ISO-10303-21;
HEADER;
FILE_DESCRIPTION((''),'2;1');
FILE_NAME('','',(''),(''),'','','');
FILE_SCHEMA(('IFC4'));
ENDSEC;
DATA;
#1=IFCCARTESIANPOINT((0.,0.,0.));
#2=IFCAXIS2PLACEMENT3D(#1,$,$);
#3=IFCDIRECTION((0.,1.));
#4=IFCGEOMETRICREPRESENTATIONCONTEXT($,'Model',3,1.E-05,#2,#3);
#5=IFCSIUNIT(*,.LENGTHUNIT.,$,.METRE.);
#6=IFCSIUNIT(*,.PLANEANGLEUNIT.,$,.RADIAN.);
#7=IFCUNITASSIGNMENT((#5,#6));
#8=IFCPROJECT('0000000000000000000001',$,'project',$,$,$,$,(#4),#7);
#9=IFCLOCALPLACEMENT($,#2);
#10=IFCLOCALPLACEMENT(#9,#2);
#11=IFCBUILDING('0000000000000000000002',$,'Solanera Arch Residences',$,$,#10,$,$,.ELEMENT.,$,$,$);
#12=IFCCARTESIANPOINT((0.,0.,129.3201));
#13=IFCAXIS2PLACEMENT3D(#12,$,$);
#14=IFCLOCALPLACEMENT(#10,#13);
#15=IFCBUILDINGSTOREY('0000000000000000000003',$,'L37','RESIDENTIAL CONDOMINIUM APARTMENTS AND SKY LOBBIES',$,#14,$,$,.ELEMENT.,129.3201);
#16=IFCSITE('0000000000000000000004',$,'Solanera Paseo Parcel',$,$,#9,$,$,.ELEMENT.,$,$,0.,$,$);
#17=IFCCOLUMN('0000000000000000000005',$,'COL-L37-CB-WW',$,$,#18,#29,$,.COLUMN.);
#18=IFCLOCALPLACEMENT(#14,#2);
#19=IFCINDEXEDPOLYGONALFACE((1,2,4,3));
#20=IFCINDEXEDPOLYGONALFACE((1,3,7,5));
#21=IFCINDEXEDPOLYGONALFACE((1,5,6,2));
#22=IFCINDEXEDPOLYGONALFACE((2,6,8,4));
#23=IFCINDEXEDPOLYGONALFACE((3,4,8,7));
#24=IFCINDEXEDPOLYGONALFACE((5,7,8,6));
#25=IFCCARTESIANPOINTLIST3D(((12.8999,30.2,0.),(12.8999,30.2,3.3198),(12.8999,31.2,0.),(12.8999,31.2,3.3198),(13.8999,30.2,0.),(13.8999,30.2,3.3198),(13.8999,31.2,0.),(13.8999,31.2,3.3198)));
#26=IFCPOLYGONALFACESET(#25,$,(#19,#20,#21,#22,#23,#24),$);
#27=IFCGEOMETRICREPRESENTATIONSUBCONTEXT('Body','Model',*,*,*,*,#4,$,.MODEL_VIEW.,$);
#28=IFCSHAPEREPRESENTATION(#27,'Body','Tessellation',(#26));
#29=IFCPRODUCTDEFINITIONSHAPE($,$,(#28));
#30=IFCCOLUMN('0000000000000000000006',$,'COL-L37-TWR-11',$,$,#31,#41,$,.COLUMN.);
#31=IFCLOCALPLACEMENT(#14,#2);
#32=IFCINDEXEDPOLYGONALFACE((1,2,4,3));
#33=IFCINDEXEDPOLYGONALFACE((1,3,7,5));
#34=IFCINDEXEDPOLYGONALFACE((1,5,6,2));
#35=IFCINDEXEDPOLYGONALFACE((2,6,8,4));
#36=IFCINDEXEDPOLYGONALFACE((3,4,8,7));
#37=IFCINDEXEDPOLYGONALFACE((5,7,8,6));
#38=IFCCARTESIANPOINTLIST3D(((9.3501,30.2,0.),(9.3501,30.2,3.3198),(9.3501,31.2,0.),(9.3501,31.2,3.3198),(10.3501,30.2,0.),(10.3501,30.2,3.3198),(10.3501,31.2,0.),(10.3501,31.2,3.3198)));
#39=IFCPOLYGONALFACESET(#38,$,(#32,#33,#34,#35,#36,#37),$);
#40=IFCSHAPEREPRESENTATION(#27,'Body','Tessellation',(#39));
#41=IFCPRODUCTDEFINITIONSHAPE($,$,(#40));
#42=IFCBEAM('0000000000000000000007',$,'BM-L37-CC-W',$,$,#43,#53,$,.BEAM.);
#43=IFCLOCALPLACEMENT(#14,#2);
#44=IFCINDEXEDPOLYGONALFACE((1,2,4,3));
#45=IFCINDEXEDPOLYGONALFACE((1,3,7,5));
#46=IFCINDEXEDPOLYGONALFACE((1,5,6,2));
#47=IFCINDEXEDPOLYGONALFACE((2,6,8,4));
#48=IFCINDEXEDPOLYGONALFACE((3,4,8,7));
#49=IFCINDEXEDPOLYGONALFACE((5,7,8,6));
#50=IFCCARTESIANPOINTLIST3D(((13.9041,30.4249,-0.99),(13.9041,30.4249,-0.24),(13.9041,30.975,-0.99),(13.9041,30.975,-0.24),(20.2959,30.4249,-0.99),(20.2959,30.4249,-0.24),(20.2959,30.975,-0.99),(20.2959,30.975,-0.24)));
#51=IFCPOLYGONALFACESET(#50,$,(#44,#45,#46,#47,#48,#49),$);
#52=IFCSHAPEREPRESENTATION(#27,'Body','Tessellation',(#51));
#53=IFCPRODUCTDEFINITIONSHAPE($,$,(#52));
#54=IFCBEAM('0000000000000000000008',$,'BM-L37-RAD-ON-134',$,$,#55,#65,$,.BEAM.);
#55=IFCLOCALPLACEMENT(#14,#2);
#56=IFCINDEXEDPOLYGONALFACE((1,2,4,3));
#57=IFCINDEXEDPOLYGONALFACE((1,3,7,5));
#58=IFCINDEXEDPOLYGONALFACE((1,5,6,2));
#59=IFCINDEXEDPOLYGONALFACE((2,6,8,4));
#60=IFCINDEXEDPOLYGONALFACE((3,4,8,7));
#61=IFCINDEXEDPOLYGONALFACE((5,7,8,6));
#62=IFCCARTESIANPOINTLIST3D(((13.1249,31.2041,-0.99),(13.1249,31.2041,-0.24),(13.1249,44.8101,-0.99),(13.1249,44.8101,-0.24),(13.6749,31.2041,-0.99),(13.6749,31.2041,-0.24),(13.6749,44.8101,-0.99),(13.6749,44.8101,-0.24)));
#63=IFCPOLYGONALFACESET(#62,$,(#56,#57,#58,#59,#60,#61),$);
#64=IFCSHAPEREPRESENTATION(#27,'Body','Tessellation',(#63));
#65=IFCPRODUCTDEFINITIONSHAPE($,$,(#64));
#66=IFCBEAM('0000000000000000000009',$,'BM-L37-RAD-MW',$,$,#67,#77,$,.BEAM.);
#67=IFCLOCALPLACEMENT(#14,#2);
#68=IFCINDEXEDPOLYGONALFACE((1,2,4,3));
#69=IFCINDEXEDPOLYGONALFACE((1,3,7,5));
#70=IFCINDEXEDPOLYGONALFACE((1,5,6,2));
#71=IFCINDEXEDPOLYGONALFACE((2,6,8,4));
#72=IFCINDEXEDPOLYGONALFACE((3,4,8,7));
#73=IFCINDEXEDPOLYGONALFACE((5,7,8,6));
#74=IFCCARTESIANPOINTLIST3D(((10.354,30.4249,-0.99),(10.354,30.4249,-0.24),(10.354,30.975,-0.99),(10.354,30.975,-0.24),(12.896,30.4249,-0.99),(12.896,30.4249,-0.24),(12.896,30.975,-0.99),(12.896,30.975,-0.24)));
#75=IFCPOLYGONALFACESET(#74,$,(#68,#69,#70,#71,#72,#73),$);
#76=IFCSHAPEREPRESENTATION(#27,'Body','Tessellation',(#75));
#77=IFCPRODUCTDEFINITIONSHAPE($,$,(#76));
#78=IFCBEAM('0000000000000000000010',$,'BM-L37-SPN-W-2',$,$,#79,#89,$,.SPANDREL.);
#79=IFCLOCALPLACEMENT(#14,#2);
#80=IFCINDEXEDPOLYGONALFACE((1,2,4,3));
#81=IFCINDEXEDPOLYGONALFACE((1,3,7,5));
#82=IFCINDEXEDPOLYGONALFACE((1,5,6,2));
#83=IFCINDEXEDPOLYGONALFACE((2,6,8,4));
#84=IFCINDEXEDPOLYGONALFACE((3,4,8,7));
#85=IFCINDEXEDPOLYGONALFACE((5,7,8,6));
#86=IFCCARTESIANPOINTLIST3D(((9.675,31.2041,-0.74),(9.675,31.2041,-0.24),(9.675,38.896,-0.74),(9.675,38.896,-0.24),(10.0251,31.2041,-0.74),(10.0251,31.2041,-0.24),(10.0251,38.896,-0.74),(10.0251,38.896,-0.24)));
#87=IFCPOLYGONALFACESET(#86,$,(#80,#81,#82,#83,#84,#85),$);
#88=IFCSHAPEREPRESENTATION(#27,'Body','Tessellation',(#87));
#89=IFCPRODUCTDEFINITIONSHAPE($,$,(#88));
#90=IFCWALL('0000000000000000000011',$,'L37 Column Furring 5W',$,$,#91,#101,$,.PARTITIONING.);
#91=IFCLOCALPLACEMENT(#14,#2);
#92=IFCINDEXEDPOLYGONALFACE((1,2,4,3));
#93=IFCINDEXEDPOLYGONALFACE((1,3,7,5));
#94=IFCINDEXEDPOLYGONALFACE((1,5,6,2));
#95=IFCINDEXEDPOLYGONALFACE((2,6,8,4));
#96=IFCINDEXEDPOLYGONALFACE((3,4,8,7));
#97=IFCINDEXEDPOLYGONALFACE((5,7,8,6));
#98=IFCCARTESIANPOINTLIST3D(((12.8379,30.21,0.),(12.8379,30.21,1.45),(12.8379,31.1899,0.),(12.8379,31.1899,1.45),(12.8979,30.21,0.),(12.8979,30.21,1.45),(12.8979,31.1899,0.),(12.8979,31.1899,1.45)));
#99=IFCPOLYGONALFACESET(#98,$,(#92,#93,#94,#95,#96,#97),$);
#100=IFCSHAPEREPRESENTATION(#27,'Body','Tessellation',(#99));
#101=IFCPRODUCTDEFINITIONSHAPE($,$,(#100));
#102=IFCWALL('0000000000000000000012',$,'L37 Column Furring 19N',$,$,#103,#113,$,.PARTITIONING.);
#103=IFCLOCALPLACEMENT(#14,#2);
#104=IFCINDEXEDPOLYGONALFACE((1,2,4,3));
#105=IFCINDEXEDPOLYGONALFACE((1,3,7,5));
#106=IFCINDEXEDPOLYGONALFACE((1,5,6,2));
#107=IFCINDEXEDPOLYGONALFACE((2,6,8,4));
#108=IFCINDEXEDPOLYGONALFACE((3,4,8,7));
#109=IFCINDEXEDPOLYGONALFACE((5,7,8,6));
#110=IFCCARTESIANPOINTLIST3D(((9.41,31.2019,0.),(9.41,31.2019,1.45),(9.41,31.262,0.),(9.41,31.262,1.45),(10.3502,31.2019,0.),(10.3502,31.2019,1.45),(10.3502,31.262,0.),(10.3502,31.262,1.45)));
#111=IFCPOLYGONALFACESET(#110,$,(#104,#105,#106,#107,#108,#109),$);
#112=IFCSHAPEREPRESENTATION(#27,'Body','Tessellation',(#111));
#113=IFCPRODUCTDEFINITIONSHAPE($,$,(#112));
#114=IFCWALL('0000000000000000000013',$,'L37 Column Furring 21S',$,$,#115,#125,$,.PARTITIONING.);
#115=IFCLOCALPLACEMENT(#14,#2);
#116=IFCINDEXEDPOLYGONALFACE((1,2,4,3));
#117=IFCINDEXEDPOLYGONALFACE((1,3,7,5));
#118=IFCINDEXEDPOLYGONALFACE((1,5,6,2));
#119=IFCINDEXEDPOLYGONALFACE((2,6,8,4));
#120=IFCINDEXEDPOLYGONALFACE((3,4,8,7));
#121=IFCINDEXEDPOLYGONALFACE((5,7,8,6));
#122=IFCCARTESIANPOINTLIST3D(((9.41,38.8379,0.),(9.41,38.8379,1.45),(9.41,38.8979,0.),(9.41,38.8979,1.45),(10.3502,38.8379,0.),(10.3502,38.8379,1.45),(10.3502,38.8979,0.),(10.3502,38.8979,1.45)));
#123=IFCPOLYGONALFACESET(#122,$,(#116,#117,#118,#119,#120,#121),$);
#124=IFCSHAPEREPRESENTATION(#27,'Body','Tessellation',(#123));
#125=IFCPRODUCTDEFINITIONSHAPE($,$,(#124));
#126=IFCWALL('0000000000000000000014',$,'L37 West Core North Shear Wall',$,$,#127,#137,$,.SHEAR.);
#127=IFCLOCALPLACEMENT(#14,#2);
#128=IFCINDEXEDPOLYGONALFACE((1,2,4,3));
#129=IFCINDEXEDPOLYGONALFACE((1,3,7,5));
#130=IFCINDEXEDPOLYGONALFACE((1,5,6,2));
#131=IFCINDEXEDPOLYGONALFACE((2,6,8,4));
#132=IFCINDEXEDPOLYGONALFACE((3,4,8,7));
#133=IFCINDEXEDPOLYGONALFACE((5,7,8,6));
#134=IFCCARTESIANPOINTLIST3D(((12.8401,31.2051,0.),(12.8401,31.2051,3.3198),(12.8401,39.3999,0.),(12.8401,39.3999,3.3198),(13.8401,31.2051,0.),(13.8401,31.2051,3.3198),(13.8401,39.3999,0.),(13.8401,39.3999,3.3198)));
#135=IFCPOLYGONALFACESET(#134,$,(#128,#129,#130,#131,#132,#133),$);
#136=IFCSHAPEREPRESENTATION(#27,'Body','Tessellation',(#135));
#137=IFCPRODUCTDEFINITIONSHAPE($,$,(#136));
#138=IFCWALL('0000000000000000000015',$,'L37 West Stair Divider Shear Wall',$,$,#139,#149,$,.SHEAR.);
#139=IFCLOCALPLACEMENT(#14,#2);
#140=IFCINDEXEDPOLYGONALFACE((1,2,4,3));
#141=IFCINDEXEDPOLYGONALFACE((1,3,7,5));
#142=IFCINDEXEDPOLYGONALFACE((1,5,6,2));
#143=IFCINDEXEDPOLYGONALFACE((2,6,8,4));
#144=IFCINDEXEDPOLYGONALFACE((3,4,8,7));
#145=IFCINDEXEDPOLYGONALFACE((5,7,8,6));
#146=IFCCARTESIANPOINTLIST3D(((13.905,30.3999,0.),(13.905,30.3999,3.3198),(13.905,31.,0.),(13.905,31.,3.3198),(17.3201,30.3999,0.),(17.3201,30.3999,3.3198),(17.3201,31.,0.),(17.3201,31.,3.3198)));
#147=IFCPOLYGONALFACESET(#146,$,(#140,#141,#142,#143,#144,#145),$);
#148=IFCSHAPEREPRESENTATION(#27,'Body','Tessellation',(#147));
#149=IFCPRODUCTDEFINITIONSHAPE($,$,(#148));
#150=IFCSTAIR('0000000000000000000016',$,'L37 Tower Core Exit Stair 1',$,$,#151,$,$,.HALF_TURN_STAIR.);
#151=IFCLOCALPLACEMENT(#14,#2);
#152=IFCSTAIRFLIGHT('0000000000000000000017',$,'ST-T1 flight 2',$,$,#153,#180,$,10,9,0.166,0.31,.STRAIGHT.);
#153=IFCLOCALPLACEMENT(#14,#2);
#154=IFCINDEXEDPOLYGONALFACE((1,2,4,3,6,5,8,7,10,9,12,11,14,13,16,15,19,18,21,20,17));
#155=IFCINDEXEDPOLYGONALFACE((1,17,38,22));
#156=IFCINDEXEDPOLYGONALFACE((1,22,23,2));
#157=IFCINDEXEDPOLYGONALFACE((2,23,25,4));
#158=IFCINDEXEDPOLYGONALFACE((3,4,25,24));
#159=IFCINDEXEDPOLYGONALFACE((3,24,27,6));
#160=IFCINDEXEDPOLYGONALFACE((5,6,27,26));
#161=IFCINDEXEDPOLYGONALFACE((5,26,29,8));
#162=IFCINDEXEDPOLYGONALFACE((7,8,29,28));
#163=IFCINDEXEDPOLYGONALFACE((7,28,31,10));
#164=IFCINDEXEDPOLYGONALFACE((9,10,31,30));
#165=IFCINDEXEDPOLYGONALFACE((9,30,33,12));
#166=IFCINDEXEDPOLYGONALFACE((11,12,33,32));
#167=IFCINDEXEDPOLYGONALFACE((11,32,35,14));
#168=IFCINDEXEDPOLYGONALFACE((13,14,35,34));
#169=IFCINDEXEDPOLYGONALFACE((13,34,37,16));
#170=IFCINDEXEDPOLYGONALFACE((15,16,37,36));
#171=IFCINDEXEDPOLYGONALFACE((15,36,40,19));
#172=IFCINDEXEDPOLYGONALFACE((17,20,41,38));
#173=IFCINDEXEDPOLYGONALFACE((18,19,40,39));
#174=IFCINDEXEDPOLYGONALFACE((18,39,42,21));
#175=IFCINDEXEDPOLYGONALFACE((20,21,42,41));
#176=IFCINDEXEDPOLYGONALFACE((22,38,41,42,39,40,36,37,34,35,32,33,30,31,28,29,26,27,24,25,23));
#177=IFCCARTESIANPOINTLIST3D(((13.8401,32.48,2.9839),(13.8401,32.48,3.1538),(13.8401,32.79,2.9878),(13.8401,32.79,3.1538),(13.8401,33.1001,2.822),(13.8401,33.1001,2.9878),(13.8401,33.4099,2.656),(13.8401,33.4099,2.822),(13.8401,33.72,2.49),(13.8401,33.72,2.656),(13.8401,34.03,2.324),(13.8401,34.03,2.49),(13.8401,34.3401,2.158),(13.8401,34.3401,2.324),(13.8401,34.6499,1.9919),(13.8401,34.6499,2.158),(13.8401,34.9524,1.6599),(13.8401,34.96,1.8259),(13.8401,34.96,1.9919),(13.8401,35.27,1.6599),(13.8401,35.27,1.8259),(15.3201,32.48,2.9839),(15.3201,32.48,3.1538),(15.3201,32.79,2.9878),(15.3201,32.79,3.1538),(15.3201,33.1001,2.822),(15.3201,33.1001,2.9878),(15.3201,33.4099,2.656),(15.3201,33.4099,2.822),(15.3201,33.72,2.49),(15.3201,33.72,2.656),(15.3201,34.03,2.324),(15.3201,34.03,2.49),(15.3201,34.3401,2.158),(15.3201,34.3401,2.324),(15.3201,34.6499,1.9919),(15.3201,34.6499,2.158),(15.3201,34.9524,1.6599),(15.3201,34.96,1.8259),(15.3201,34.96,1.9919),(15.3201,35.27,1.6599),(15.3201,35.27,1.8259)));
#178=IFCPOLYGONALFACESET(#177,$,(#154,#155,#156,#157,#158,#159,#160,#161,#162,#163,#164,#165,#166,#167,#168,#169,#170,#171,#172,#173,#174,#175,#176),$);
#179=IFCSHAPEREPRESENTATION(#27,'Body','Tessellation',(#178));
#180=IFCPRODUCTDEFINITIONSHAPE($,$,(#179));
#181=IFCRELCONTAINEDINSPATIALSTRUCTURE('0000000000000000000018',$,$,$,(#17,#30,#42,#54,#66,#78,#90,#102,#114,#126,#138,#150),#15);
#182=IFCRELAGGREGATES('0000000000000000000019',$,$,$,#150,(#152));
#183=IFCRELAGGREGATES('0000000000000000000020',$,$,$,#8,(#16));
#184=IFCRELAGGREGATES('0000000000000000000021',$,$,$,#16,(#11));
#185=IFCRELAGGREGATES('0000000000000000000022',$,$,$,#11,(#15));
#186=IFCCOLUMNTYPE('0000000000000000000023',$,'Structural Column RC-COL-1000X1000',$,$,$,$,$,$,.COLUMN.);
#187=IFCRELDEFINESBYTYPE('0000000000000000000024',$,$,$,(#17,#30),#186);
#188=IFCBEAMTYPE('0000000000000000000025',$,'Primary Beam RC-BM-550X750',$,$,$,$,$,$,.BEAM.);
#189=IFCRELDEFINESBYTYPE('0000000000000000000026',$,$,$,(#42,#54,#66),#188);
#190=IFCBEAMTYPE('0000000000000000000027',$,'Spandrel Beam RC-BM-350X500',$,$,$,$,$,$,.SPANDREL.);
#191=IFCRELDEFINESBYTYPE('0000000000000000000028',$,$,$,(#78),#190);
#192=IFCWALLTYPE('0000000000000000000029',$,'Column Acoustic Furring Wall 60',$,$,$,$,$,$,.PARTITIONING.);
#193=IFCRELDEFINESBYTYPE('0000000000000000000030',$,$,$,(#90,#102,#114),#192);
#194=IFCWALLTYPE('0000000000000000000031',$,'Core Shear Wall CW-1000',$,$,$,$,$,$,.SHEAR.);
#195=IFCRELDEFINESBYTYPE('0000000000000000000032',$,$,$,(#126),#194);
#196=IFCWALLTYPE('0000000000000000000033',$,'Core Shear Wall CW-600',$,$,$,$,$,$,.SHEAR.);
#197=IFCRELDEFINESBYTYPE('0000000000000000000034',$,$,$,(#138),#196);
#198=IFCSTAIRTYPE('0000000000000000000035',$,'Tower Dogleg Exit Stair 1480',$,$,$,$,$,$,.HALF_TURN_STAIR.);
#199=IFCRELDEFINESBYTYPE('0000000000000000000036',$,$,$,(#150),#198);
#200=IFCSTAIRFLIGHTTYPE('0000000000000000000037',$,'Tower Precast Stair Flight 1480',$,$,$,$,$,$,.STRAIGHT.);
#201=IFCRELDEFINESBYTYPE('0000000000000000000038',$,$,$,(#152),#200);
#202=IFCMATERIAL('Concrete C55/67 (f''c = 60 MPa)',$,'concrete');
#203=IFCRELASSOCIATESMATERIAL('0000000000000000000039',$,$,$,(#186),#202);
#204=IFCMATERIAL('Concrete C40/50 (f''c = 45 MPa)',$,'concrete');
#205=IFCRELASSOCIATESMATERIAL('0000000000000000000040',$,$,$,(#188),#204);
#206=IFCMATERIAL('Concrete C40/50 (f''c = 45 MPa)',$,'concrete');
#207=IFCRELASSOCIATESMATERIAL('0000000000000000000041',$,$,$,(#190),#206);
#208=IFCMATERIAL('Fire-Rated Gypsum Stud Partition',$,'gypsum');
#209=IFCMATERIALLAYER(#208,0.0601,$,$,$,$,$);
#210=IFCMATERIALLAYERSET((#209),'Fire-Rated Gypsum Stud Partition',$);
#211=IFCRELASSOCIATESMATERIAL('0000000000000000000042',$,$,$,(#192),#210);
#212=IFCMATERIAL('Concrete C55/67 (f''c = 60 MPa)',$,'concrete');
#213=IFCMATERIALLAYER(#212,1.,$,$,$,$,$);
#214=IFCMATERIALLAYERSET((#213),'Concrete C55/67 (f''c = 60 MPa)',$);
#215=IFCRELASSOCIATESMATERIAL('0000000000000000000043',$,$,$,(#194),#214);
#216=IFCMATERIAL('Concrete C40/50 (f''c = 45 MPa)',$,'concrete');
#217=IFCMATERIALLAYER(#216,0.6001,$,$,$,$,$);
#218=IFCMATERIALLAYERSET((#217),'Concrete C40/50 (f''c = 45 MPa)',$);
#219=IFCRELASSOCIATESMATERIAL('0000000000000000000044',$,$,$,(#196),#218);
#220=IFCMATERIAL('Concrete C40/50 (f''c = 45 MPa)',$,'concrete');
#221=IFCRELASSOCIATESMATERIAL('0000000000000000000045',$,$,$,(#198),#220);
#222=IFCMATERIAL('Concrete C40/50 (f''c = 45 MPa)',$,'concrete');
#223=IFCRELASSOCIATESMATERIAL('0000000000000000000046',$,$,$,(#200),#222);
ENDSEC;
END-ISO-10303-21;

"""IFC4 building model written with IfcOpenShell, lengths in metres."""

from ifc_helpers import new_model, si_unit, direction, frame, frame_2d, origin, origin_2d, place, context, subcontext, project, spatial, polyline, rectangle, outline, extrude, material, layer, layer_set, material_profile, profile_set, type_object, element, aggregate, save


model = new_model("IFC4")

# Units and contexts
model_context = context("Model", 3, precision=1e-05, world=origin(), true_north=direction((0.0, 1.0)))
body_context = subcontext(model_context, "Body", "Model", "MODEL_VIEW")
ifc_project = project(units=[si_unit("LENGTHUNIT", "METRE"), si_unit("PLANEANGLEUNIT", "RADIAN")], contexts=[model_context])

# Site, building, storey
site_placement = place(None, origin())
site = spatial("IfcSite", under=ifc_project, at=site_placement, Name="Solanera Paseo Parcel", CompositionType="ELEMENT", RefElevation=0.0)
building_placement = place(site_placement, origin())
building = spatial("IfcBuilding", under=site, at=building_placement, Name="Solanera Arch Residences", CompositionType="ELEMENT")
storey_placement = place(building_placement, frame((0.0, 0.0, 129.3201)))
storey = spatial("IfcBuildingStorey", under=building, at=storey_placement, Name="L37", Description="RESIDENTIAL CONDOMINIUM APARTMENTS AND SKY LOBBIES", CompositionType="ELEMENT", Elevation=129.3201)

# Columns
ifc_material_1 = material(Name="Concrete C55/67 (f'c = 60 MPa)", Category="concrete")
ifc_material_profile_1 = material_profile(ifc_material_1, rectangle(XDim=1.0, YDim=1.0, at=origin_2d()))
ifc_profile_set_1 = profile_set([ifc_material_profile_1], Name="Concrete C55/67 (f'c = 60 MPa)")
column_type = type_object("IfcColumnType", Name="Structural Column RC-COL-1000X1000", PredefinedType="COLUMN", material=ifc_profile_set_1)
for number, where, z_axis, x_axis, name in (
    (1, (13.3999, 30.7, 0.0), (0.0, 0.0, 1.0), (1.0, 0.0, 0.0), "COL-L37-CB-WW"),
    (2, (9.8501, 30.7, 0.0), (0.0, 0.0, 1.0), (1.0, 0.0, 0.0), "COL-L37-TWR-11"),
):
    element("IfcColumn", number, at=place(storey_placement, frame(where, z_axis=z_axis, x_axis=x_axis)), inside=storey, type_object=column_type, Name=name, PredefinedType="COLUMN", context=body_context, shape_type="SweptSolid", body=[
        extrude(rectangle(XDim=1.0, YDim=1.0, at=origin_2d()), origin(), (0.0, 0.0, 1.0), 3.3198),
    ])

# Beams
ifc_material_2 = material(Name="Concrete C40/50 (f'c = 45 MPa)", Category="concrete")
ifc_material_profile_2 = material_profile(ifc_material_2, rectangle(XDim=0.55, YDim=0.75, at=origin_2d()))
ifc_profile_set_2 = profile_set([ifc_material_profile_2], Name="Concrete C40/50 (f'c = 45 MPa)")
beam_type_1 = type_object("IfcBeamType", Name="Primary Beam RC-BM-550X750", PredefinedType="BEAM", material=ifc_profile_set_2)
beam_1_placement = place(storey_placement, frame((13.9041, 30.7, -0.615), z_axis=(1.0, 0.0, 0.0), x_axis=(0.0, 1.0, 0.0)))
element("IfcBeam", 3, at=beam_1_placement, inside=storey, type_object=beam_type_1, Name="BM-L37-CC-W", PredefinedType="BEAM", context=body_context, shape_type="SweptSolid", body=[
    extrude(rectangle(XDim=0.55, YDim=0.75, at=origin_2d()), origin(), (0.0, 0.0, 1.0), 6.3918),
])
beam_2_placement = place(storey_placement, frame((13.3999, 31.2041, -0.615), z_axis=(0.0, 1.0, 0.0), x_axis=(-1.0, 0.0, 0.0)))
element("IfcBeam", 4, at=beam_2_placement, inside=storey, type_object=beam_type_1, Name="BM-L37-RAD-ON-134", PredefinedType="BEAM", context=body_context, shape_type="SweptSolid", body=[
    extrude(rectangle(XDim=0.55, YDim=0.75, at=origin_2d()), origin(), (0.0, 0.0, 1.0), 13.606),
])
beam_3_placement = place(storey_placement, frame((10.354, 30.7, -0.615), z_axis=(1.0, 0.0, 0.0), x_axis=(0.0, 1.0, 0.0)))
element("IfcBeam", 5, at=beam_3_placement, inside=storey, type_object=beam_type_1, Name="BM-L37-RAD-MW", PredefinedType="BEAM", context=body_context, shape_type="SweptSolid", body=[
    extrude(rectangle(XDim=0.55, YDim=0.75, at=origin_2d()), origin(), (0.0, 0.0, 1.0), 2.542),
])
ifc_material_3 = material(Name="Concrete C40/50 (f'c = 45 MPa)", Category="concrete")
ifc_material_profile_3 = material_profile(ifc_material_3, rectangle(XDim=0.3501, YDim=0.5, at=origin_2d()))
ifc_profile_set_3 = profile_set([ifc_material_profile_3], Name="Concrete C40/50 (f'c = 45 MPa)")
beam_type_2 = type_object("IfcBeamType", Name="Spandrel Beam RC-BM-350X500", PredefinedType="SPANDREL", material=ifc_profile_set_3)
beam_4_placement = place(storey_placement, frame((9.8501, 31.2041, -0.49), z_axis=(0.0, 1.0, 0.0), x_axis=(-1.0, 0.0, 0.0)))
element("IfcBeam", 6, at=beam_4_placement, inside=storey, type_object=beam_type_2, Name="BM-L37-SPN-W-2", PredefinedType="SPANDREL", context=body_context, shape_type="SweptSolid", body=[
    extrude(rectangle(XDim=0.3501, YDim=0.5, at=origin_2d()), origin(), (0.0, 0.0, 1.0), 7.6919),
])

# Walls
ifc_material_4 = material(Name="Fire-Rated Gypsum Stud Partition", Category="gypsum")
ifc_layer_1 = layer(ifc_material_4, 0.0601)
ifc_layer_set_1 = layer_set([ifc_layer_1], Name="Fire-Rated Gypsum Stud Partition")
wall_type_1 = type_object("IfcWallType", Name="Column Acoustic Furring Wall 60", PredefinedType="PARTITIONING", material=ifc_layer_set_1)
wall_1_placement = place(storey_placement, frame((12.8679, 30.21, 0.0), z_axis=(0.0, 0.0, 1.0), x_axis=(0.0, 1.0, 0.0)))
element("IfcWall", 7, at=wall_1_placement, inside=storey, type_object=wall_type_1, Name="L37 Column Furring 5W", PredefinedType="PARTITIONING", context=body_context, shape_type="SweptSolid", body=[
    extrude(rectangle(XDim=0.98, YDim=0.0601, at=frame_2d((0.49, 0.0))), origin(), (0.0, 0.0, 1.0), 1.45),
])
for number, where, z_axis, x_axis, name in (
    (8, (9.4099, 31.2319, 0.0), (0.0, 0.0, 1.0), (1.0, 0.0, 0.0), "L37 Column Furring 19N"),
    (9, (9.4099, 38.8679, 0.0), (0.0, 0.0, 1.0), (1.0, 0.0, 0.0), "L37 Column Furring 21S"),
):
    element("IfcWall", number, at=place(storey_placement, frame(where, z_axis=z_axis, x_axis=x_axis)), inside=storey, type_object=wall_type_1, Name=name, PredefinedType="PARTITIONING", context=body_context, shape_type="SweptSolid", body=[
        extrude(rectangle(XDim=0.9402, YDim=0.0601, at=frame_2d((0.4702, 0.0))), origin(), (0.0, 0.0, 1.0), 1.45),
    ])
ifc_material_5 = material(Name="Concrete C55/67 (f'c = 60 MPa)", Category="concrete")
ifc_layer_2 = layer(ifc_material_5, 1.0)
ifc_layer_set_2 = layer_set([ifc_layer_2], Name="Concrete C55/67 (f'c = 60 MPa)")
wall_type_2 = type_object("IfcWallType", Name="Core Shear Wall CW-1000", PredefinedType="SHEAR", material=ifc_layer_set_2)
wall_2_placement = place(storey_placement, frame((13.3401, 31.2051, 0.0), z_axis=(0.0, 0.0, 1.0), x_axis=(0.0, 1.0, 0.0)))
element("IfcWall", 10, at=wall_2_placement, inside=storey, type_object=wall_type_2, Name="L37 West Core North Shear Wall", PredefinedType="SHEAR", context=body_context, shape_type="SweptSolid", body=[
    extrude(rectangle(XDim=8.1948, YDim=1.0, at=frame_2d((4.0974, 0.0))), origin(), (0.0, 0.0, 1.0), 3.3198),
])
ifc_material_6 = material(Name="Concrete C40/50 (f'c = 45 MPa)", Category="concrete")
ifc_layer_3 = layer(ifc_material_6, 0.6001)
ifc_layer_set_3 = layer_set([ifc_layer_3], Name="Concrete C40/50 (f'c = 45 MPa)")
wall_type_3 = type_object("IfcWallType", Name="Core Shear Wall CW-600", PredefinedType="SHEAR", material=ifc_layer_set_3)
wall_3_placement = place(storey_placement, frame((13.905, 30.7, 0.0), z_axis=(0.0, 0.0, 1.0), x_axis=(1.0, 0.0, 0.0)))
element("IfcWall", 11, at=wall_3_placement, inside=storey, type_object=wall_type_3, Name="L37 West Stair Divider Shear Wall", PredefinedType="SHEAR", context=body_context, shape_type="SweptSolid", body=[
    extrude(rectangle(XDim=3.415, YDim=0.6001, at=frame_2d((1.7075, 0.0))), origin(), (0.0, 0.0, 1.0), 3.3198),
])

# Stair, stair flight
ifc_material_7 = material(Name="Concrete C40/50 (f'c = 45 MPa)", Category="concrete")
stair_type = type_object("IfcStairType", Name="Tower Dogleg Exit Stair 1480", PredefinedType="HALF_TURN_STAIR", material=ifc_material_7)
stair_placement = place(storey_placement, origin())
stair = element("IfcStair", 12, at=stair_placement, inside=storey, type_object=stair_type, Name="L37 Tower Core Exit Stair 1", PredefinedType="HALF_TURN_STAIR")
ifc_material_8 = material(Name="Concrete C40/50 (f'c = 45 MPa)", Category="concrete")
stair_flight_type = type_object("IfcStairFlightType", Name="Tower Precast Stair Flight 1480", PredefinedType="STRAIGHT", material=ifc_material_8)
stair_flight_placement = place(storey_placement, frame((14.5801, 35.27, 1.6599), z_axis=(0.0, 0.0, 1.0), x_axis=(0.0, -1.0, 0.0)))
stair_flight = element("IfcStairFlight", 13, at=stair_flight_placement, type_object=stair_flight_type, Name="ST-T1 flight 2", NumberOfRisers=10, NumberOfTreads=9, PredefinedType="STRAIGHT", RiserHeight=0.166, TreadLength=0.31, context=body_context, shape_type="SweptSolid", body=[
    extrude(outline(polyline([(0.0, 0.0), (0.0, 0.166), (0.3101, 0.166), (0.3101, 0.332), (0.6201, 0.332), (0.6201, 0.498), (0.9299, 0.498), (0.9299, 0.6641), (1.24, 0.6641), (1.24, 0.8301), (1.55, 0.8301), (1.55, 0.9961), (1.8601, 0.9961), (1.8601, 1.1621), (2.1699, 1.1621), (2.1699, 1.3279), (2.48, 1.3279), (2.48, 1.4939), (2.79, 1.4939), (2.79, 1.6599), (2.79, 1.324), (0.3176, 0.0), (0.0, 0.0)])), frame((0.0, 0.74, 0.0), z_axis=(0.0, -1.0, 0.0), x_axis=(1.0, 0.0, 0.0)), (0.0, 0.0, 1.0), 1.48),
])
aggregate(stair, [stair_flight])

save(model, "model.ifc")
